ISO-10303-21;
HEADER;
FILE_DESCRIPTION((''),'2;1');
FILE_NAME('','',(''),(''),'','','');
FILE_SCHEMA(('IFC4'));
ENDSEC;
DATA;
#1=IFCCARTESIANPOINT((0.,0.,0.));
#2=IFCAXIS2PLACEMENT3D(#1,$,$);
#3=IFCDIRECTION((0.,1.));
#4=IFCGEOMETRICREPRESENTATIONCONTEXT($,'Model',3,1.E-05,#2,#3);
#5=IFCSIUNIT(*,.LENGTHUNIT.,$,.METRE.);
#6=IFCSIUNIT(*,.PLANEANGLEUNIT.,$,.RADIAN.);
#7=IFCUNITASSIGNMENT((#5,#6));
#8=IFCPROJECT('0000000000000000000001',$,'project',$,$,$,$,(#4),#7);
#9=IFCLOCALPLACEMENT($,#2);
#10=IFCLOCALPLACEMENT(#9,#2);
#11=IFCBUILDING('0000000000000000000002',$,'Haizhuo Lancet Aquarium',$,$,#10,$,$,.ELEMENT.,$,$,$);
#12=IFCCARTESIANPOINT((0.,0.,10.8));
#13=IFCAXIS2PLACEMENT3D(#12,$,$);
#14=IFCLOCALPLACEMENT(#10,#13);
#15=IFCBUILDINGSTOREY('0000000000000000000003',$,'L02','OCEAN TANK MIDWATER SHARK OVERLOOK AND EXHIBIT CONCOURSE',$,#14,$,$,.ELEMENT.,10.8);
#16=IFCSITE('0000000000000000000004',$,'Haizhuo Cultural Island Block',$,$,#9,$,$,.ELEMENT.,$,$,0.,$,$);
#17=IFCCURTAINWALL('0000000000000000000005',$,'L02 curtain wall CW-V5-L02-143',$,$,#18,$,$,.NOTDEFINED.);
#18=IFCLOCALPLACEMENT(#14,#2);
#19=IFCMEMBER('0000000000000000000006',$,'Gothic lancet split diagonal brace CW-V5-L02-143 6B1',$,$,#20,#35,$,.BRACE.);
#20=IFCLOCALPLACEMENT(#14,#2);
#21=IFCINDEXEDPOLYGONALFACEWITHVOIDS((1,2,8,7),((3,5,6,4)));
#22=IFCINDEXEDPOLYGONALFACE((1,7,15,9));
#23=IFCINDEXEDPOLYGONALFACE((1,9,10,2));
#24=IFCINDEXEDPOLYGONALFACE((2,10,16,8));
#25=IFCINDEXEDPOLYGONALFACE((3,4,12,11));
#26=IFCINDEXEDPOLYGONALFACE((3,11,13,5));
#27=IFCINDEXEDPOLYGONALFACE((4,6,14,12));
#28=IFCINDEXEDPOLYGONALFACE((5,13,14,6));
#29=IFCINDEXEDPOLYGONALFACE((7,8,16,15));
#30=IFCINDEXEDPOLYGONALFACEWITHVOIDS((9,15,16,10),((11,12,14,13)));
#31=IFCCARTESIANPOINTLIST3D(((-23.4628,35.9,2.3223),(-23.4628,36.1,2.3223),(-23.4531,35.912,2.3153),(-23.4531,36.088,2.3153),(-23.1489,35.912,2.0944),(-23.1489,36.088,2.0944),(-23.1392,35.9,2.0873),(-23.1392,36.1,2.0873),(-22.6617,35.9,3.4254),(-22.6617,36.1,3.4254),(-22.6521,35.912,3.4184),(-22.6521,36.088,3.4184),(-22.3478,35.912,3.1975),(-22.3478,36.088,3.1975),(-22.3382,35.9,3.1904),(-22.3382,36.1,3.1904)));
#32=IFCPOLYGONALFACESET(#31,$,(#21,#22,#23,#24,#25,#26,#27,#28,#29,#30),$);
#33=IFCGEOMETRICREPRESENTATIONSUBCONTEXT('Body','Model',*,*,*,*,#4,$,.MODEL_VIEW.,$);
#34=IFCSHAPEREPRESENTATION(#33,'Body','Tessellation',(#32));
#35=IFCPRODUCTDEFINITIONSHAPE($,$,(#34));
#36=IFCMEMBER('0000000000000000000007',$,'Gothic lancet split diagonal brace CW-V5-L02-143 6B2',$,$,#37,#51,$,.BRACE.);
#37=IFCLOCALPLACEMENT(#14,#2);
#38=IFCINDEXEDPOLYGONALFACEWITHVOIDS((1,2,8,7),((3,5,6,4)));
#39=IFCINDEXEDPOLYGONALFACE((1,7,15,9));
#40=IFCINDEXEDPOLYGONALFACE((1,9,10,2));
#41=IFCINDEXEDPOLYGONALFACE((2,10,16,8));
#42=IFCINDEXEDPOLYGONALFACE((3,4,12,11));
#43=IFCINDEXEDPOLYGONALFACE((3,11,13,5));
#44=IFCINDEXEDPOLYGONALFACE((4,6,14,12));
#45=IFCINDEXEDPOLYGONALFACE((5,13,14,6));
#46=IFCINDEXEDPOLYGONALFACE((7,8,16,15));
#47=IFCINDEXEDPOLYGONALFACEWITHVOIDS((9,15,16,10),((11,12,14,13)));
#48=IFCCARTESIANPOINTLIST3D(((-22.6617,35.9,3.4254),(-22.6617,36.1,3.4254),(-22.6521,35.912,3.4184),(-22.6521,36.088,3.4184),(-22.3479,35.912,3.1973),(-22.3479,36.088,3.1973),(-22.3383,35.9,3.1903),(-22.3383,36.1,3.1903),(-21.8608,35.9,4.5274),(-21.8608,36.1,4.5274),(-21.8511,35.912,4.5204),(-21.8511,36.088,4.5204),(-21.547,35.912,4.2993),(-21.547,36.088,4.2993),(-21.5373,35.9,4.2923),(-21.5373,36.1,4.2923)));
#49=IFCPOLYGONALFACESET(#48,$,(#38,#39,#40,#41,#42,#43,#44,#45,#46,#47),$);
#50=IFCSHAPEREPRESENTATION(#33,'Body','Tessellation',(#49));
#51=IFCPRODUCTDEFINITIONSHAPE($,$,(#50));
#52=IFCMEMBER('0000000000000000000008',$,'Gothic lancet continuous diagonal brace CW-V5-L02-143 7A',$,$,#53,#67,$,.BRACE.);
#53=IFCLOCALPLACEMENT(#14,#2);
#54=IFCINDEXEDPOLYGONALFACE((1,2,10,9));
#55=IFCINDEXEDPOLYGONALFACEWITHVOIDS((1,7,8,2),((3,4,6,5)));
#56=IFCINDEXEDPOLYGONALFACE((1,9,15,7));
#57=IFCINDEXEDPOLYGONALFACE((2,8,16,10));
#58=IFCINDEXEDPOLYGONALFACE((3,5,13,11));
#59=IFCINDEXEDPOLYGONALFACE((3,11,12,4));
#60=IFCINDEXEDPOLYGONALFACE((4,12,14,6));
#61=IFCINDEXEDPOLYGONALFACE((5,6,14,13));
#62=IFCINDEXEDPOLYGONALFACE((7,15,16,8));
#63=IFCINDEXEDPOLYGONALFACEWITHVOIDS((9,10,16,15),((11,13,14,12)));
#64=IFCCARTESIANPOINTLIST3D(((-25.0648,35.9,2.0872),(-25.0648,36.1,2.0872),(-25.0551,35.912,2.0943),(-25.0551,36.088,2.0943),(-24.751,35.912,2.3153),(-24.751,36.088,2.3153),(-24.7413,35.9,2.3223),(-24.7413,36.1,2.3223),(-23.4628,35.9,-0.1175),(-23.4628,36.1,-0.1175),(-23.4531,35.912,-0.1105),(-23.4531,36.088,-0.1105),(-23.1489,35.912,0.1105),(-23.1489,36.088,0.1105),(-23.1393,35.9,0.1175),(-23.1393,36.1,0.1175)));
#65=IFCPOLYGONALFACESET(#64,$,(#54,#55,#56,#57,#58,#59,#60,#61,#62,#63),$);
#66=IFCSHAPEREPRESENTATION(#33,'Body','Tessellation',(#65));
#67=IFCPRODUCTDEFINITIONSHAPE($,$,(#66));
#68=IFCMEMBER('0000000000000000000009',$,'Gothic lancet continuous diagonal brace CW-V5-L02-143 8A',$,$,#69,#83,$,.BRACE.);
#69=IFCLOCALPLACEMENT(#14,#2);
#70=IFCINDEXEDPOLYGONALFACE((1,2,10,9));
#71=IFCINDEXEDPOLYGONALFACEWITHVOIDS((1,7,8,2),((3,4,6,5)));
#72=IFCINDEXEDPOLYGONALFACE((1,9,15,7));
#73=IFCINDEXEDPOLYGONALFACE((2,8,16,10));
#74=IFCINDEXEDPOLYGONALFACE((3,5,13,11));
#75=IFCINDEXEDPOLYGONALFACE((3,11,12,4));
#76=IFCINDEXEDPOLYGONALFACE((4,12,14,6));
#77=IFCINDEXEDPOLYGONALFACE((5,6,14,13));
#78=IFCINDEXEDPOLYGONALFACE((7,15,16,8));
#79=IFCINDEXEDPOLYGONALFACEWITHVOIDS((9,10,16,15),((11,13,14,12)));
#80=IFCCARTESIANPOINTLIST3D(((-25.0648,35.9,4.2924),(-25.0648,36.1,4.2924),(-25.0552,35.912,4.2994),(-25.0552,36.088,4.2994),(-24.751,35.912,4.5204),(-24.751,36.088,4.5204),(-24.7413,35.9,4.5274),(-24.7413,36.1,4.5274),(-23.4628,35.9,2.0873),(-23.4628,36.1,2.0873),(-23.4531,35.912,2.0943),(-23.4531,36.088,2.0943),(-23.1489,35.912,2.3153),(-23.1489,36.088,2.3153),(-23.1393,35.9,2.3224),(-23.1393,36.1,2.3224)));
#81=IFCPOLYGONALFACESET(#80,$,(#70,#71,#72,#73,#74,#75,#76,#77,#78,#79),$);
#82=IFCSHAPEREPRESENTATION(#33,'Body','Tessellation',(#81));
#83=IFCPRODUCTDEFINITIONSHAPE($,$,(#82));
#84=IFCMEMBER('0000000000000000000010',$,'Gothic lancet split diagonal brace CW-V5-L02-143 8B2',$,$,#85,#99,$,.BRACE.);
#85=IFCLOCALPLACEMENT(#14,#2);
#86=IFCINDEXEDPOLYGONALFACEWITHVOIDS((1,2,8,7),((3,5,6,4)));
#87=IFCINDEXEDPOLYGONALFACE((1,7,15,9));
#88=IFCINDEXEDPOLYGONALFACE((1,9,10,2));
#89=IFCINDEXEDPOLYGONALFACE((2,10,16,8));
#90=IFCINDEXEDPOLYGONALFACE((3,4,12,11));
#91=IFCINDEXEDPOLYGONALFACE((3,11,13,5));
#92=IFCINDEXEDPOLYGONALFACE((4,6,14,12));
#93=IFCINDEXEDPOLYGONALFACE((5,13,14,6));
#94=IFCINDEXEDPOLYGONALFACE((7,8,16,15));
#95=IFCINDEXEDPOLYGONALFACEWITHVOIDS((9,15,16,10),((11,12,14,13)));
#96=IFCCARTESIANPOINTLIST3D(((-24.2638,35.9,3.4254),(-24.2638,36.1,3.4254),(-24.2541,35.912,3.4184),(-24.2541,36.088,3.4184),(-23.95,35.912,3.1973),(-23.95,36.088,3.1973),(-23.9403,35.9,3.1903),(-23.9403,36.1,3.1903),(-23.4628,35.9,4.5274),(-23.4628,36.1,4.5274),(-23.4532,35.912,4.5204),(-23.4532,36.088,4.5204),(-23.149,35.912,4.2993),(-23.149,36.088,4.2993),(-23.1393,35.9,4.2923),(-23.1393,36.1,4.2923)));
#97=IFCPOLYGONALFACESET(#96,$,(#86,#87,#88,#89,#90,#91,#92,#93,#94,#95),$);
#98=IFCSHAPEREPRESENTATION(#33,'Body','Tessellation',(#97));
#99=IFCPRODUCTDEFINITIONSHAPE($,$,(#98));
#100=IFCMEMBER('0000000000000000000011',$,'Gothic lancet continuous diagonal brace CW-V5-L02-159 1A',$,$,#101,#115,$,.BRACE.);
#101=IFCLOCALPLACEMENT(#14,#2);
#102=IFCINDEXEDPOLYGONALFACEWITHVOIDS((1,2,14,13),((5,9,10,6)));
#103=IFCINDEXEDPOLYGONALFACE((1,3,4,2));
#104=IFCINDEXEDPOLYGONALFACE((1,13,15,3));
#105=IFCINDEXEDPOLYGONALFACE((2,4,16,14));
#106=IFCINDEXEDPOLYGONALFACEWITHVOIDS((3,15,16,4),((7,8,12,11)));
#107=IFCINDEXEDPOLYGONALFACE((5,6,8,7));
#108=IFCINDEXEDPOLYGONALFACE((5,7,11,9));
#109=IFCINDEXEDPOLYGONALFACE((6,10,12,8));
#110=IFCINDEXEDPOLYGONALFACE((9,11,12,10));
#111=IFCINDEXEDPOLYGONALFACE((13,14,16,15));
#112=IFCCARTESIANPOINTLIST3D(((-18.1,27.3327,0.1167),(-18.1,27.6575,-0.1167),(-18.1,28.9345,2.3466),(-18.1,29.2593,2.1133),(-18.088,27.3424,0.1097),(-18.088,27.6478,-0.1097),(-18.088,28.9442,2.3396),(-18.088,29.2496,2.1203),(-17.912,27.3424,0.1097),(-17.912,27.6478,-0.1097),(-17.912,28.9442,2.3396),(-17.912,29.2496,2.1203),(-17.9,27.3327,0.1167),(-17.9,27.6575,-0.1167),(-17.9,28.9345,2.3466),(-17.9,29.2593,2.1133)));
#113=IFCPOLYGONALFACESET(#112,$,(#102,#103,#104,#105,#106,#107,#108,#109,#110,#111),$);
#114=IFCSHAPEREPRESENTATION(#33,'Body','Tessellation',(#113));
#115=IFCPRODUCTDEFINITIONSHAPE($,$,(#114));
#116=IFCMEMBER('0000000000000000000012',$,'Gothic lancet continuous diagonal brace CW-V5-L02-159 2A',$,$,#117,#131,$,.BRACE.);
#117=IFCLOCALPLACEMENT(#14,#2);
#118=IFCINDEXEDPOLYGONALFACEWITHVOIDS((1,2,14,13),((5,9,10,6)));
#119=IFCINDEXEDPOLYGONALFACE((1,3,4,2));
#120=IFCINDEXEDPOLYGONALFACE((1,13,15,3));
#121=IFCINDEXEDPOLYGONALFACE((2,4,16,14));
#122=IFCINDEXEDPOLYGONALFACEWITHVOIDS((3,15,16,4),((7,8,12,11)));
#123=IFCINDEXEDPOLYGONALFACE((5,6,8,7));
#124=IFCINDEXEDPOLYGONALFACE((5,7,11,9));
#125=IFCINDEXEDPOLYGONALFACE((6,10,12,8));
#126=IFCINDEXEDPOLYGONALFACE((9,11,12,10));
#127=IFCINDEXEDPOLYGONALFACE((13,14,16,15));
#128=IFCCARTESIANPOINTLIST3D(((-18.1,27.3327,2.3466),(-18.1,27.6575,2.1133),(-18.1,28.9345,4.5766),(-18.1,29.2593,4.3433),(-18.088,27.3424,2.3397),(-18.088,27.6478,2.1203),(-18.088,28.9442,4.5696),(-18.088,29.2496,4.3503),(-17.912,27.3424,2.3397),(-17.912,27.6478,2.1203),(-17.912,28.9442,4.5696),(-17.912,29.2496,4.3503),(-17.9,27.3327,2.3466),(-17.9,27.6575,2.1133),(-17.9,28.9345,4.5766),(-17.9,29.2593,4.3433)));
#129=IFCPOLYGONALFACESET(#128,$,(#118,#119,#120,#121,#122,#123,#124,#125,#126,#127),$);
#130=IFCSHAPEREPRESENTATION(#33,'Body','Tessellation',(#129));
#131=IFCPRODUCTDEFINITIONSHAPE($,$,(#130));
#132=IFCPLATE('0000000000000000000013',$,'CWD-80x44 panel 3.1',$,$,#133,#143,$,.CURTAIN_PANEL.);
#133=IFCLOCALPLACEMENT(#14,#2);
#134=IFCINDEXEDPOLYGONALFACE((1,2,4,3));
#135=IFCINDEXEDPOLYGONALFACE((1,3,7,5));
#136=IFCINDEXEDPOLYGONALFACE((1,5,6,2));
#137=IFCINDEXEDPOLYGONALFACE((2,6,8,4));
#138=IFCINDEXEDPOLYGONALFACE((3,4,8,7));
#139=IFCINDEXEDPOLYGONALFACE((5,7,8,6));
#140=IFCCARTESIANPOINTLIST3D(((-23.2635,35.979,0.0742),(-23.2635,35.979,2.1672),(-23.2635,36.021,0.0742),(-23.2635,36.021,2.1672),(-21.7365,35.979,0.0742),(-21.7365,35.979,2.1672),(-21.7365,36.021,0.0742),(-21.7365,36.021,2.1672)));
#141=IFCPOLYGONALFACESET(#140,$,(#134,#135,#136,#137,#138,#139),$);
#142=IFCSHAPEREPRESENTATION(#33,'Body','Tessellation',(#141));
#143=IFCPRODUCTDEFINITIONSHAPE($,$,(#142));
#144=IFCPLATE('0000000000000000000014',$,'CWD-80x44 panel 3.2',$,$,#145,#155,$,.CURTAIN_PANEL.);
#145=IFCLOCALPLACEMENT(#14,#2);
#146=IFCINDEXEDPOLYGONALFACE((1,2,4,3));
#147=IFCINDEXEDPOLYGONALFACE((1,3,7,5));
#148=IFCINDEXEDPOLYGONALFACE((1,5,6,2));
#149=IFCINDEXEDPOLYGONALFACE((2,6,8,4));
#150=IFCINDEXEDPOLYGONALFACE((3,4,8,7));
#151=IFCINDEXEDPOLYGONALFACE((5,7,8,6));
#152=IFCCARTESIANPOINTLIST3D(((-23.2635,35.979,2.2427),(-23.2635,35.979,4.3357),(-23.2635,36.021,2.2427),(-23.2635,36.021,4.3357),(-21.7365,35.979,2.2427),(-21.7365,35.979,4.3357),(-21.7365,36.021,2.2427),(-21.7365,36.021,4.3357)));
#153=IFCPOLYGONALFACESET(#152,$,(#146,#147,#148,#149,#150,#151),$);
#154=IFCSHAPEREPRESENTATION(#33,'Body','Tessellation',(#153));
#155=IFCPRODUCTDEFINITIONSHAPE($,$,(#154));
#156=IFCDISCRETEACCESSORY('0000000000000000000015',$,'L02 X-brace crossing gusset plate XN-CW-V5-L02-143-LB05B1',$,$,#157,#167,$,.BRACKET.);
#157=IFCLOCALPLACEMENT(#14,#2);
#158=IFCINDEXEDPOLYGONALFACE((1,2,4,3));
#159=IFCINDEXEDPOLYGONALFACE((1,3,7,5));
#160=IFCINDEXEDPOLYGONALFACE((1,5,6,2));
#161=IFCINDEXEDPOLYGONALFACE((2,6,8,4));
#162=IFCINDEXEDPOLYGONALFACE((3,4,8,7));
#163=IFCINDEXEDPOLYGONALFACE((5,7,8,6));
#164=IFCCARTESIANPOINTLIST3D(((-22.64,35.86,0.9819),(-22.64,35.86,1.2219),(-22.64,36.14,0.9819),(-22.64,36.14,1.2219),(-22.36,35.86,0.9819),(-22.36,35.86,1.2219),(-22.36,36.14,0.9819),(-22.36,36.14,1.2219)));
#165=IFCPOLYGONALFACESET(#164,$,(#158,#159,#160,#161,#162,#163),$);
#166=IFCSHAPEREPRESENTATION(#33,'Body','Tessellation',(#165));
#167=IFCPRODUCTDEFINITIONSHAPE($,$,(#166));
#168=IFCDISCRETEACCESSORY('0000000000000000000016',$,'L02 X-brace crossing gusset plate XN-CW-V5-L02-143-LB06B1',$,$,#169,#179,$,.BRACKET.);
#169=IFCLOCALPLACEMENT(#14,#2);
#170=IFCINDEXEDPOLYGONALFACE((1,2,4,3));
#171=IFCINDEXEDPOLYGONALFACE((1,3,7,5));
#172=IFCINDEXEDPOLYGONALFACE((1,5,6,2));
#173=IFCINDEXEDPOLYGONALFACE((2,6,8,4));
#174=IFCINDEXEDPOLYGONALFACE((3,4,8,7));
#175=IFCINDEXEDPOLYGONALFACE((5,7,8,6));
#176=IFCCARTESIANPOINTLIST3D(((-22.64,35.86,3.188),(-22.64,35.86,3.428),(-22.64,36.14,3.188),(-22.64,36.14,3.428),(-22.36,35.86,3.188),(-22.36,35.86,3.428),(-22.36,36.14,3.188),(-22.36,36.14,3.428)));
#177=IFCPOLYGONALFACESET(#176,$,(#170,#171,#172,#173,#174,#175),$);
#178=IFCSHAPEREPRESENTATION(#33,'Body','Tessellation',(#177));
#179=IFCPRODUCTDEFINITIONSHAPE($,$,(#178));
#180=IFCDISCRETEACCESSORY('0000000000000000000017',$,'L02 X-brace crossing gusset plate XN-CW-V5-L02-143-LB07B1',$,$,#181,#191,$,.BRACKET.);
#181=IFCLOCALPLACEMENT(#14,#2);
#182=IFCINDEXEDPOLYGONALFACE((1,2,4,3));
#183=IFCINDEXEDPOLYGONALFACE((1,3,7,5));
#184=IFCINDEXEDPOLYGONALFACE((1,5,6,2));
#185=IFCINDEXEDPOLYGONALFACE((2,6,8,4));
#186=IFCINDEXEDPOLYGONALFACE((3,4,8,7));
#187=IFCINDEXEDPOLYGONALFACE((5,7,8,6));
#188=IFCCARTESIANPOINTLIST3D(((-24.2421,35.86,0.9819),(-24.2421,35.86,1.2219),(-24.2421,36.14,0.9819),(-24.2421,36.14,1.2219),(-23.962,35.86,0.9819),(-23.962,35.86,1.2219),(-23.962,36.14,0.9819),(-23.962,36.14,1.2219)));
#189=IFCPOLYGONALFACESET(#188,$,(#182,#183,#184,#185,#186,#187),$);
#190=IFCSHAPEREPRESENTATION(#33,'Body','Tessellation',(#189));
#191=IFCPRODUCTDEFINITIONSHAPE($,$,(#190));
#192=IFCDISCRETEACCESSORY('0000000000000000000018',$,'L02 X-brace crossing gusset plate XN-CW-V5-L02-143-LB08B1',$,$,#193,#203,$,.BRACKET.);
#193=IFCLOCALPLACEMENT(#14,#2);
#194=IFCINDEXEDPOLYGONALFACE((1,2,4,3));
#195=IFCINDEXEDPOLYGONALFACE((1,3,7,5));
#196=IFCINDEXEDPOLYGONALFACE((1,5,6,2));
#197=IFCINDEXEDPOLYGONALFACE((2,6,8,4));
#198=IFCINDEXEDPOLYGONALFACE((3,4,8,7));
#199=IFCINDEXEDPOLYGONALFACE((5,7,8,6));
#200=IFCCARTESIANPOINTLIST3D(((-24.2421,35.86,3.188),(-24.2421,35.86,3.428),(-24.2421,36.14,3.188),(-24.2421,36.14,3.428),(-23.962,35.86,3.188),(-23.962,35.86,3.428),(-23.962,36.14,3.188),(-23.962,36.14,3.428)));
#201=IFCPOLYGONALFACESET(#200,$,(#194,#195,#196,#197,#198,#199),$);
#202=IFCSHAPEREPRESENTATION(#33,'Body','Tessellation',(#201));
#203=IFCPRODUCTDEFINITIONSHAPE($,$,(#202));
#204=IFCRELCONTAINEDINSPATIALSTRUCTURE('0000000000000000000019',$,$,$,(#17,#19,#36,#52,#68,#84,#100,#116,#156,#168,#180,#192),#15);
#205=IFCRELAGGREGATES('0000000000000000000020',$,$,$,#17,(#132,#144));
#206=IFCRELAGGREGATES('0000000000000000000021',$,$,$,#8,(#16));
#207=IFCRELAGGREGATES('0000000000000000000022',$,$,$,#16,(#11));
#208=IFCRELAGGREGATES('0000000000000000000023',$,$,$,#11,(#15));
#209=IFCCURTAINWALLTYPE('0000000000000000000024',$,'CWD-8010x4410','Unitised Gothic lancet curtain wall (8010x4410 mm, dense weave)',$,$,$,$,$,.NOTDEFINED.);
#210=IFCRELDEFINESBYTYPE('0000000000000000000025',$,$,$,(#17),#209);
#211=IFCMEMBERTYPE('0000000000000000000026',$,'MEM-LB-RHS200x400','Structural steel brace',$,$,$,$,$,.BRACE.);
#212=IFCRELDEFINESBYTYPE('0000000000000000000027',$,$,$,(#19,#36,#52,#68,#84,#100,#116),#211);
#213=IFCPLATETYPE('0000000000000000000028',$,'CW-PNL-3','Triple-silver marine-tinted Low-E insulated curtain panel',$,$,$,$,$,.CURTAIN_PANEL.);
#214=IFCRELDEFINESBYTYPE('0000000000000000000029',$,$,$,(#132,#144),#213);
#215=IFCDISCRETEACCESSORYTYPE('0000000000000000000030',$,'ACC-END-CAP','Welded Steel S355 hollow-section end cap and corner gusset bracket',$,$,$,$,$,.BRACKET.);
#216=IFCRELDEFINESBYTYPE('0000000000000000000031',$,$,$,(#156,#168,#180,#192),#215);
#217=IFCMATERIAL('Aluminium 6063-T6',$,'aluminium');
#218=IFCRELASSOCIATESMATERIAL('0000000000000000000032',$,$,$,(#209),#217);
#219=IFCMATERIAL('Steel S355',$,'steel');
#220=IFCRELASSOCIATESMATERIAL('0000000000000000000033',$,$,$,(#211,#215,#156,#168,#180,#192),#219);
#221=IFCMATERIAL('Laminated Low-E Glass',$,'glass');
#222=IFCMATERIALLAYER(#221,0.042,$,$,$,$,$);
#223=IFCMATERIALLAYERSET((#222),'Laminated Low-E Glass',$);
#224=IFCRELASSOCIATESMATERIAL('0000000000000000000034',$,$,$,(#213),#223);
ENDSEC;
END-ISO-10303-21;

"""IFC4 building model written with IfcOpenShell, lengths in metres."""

from ifc_helpers import new_model, si_unit, direction, frame, origin, origin_2d, place, context, subcontext, project, spatial, rectangle, hollow_rectangle, extrude, material, layer, layer_set, material_profile, profile_set, type_object, element, aggregate, save


model = new_model("IFC4")

# Units and contexts
model_context = context("Model", 3, precision=1e-05, world=origin(), true_north=direction((0.0, 1.0)))
body_context = subcontext(model_context, "Body", "Model", "MODEL_VIEW")
ifc_project = project(units=[si_unit("LENGTHUNIT", "METRE"), si_unit("PLANEANGLEUNIT", "RADIAN")], contexts=[model_context])

# Site, building, storey
site_placement = place(None, origin())
site = spatial("IfcSite", under=ifc_project, at=site_placement, Name="Haizhuo Cultural Island Block", CompositionType="ELEMENT", RefElevation=0.0)
building_placement = place(site_placement, origin())
building = spatial("IfcBuilding", under=site, at=building_placement, Name="Haizhuo Lancet Aquarium", CompositionType="ELEMENT")
storey_placement = place(building_placement, frame((0.0, 0.0, 10.8)))
storey = spatial("IfcBuildingStorey", under=building, at=storey_placement, Name="L02", Description="OCEAN TANK MIDWATER SHARK OVERLOOK AND EXHIBIT CONCOURSE", CompositionType="ELEMENT", Elevation=10.8)

# Curtain wall
ifc_material_1 = material(Name="Aluminium 6063-T6", Category="aluminium")
curtain_wall_type = type_object("IfcCurtainWallType", Name="CWD-8010x4410", Description="Unitised Gothic lancet curtain wall (8010x4410 mm, dense weave)", PredefinedType="NOTDEFINED", material=ifc_material_1)
curtain_wall_placement = place(storey_placement, origin())
curtain_wall = element("IfcCurtainWall", 1, at=curtain_wall_placement, inside=storey, type_object=curtain_wall_type, Name="L02 curtain wall CW-V5-L02-143", PredefinedType="NOTDEFINED")

# Members
ifc_material_2 = material(Name="Steel S355", Category="steel")
ifc_material_profile_1 = material_profile(ifc_material_2, hollow_rectangle(XDim=0.2, YDim=0.3999, WallThickness=0.012, at=origin_2d()), Name="RHS 200x400x12")
ifc_profile_set_1 = profile_set([ifc_material_profile_1], Name="Steel S355")
member_type_1 = type_object("IfcMemberType", Name="MEM-LB-RHS200x400", Description="Structural steel brace", PredefinedType="BRACE", material=ifc_profile_set_1)
member_1_placement = place(storey_placement, frame((-23.301, 36.0, 2.2048), z_axis=(0.587607, 0.0, 0.809146), x_axis=(0.0, 1.0, 0.0)))
element("IfcMember", 2, at=member_1_placement, inside=storey, type_object=member_type_1, Name="Gothic lancet split diagonal brace CW-V5-L02-143 6B1", PredefinedType="BRACE", context=body_context, shape_type="SweptSolid", body=[
    extrude(hollow_rectangle(XDim=0.2, YDim=0.3999, WallThickness=0.012, at=origin_2d()), origin(), (0.0, 0.0, 1.0), 1.3633),
])
member_2_placement = place(storey_placement, frame((-22.5, 36.0, 3.3079), z_axis=(0.587948, 0.0, 0.808899), x_axis=(0.0, 1.0, 0.0)))
element("IfcMember", 3, at=member_2_placement, inside=storey, type_object=member_type_1, Name="Gothic lancet split diagonal brace CW-V5-L02-143 6B2", PredefinedType="BRACE", context=body_context, shape_type="SweptSolid", body=[
    extrude(hollow_rectangle(XDim=0.2, YDim=0.3999, WallThickness=0.012, at=origin_2d()), origin(), (0.0, 0.0, 1.0), 1.3623),
])
member_3_placement = place(storey_placement, frame((-23.301, 36.0, 0.0), z_axis=(-0.58782, 0.0, 0.808992), x_axis=(0.0, -1.0, 0.0)))
element("IfcMember", 4, at=member_3_placement, inside=storey, type_object=member_type_1, Name="Gothic lancet continuous diagonal brace CW-V5-L02-143 7A", PredefinedType="BRACE", context=body_context, shape_type="SweptSolid", body=[
    extrude(hollow_rectangle(XDim=0.2, YDim=0.3999, WallThickness=0.012, at=origin_2d()), origin(), (0.0, 0.0, 1.0), 2.7253),
])
member_4_placement = place(storey_placement, frame((-23.301, 36.0, 2.2048), z_axis=(-0.587778, 0.0, 0.809023), x_axis=(0.0, -1.0, 0.0)))
element("IfcMember", 5, at=member_4_placement, inside=storey, type_object=member_type_1, Name="Gothic lancet continuous diagonal brace CW-V5-L02-143 8A", PredefinedType="BRACE", context=body_context, shape_type="SweptSolid", body=[
    extrude(hollow_rectangle(XDim=0.2, YDim=0.3999, WallThickness=0.012, at=origin_2d()), origin(), (0.0, 0.0, 1.0), 2.7256),
])
member_5_placement = place(storey_placement, frame((-24.1021, 36.0, 3.3079), z_axis=(0.587948, 0.0, 0.808899), x_axis=(0.0, 1.0, 0.0)))
element("IfcMember", 6, at=member_5_placement, inside=storey, type_object=member_type_1, Name="Gothic lancet split diagonal brace CW-V5-L02-143 8B2", PredefinedType="BRACE", context=body_context, shape_type="SweptSolid", body=[
    extrude(hollow_rectangle(XDim=0.2, YDim=0.3999, WallThickness=0.012, at=origin_2d()), origin(), (0.0, 0.0, 1.0), 1.3623),
])
for number, where, z_axis, x_axis, name in (
    (7, (-18.0, 27.4951, 0.0), (0.0, 0.583398, 0.812187), (-1.0, 0.0, 0.0), "Gothic lancet continuous diagonal brace CW-V5-L02-159 1A"),
    (8, (-18.0, 27.4951, 2.23), (0.0, 0.583398, 0.812187), (-1.0, 0.0, 0.0), "Gothic lancet continuous diagonal brace CW-V5-L02-159 2A"),
):
    element("IfcMember", number, at=place(storey_placement, frame(where, z_axis=z_axis, x_axis=x_axis)), inside=storey, type_object=member_type_1, Name=name, PredefinedType="BRACE", context=body_context, shape_type="SweptSolid", body=[
        extrude(hollow_rectangle(XDim=0.2, YDim=0.3999, WallThickness=0.012, at=origin_2d()), origin(), (0.0, 0.0, 1.0), 2.7456),
    ])

# Plates
ifc_material_3 = material(Name="Laminated Low-E Glass", Category="glass")
ifc_layer = layer(ifc_material_3, 0.042)
ifc_layer_set = layer_set([ifc_layer], Name="Laminated Low-E Glass")
plate_type = type_object("IfcPlateType", Name="CW-PNL-3", Description="Triple-silver marine-tinted Low-E insulated curtain panel", PredefinedType="CURTAIN_PANEL", material=ifc_layer_set)
plate_1_placement = place(storey_placement, frame((-22.5, 36.0, 0.0742), z_axis=(0.0, 0.0, 1.0), x_axis=(-1.0, 0.0, 0.0)))
plate_1 = element("IfcPlate", 9, at=plate_1_placement, type_object=plate_type, Name="CWD-80x44 panel 3.1", PredefinedType="CURTAIN_PANEL", context=body_context, shape_type="SweptSolid", body=[
    extrude(rectangle(XDim=1.5271, YDim=0.042, at=origin_2d()), origin(), (0.0, 0.0, 1.0), 2.093),
])
plate_2_placement = place(storey_placement, frame((-22.5, 36.0, 2.2427), z_axis=(0.0, 0.0, 1.0), x_axis=(-1.0, 0.0, 0.0)))
plate_2 = element("IfcPlate", 10, at=plate_2_placement, type_object=plate_type, Name="CWD-80x44 panel 3.2", PredefinedType="CURTAIN_PANEL", context=body_context, shape_type="SweptSolid", body=[
    extrude(rectangle(XDim=1.5271, YDim=0.042, at=origin_2d()), origin(), (0.0, 0.0, 1.0), 2.093),
])
aggregate(curtain_wall, [plate_1, plate_2])

# Discrete accessories
discrete_accessory_type = type_object("IfcDiscreteAccessoryType", Name="ACC-END-CAP", Description="Welded Steel S355 hollow-section end cap and corner gusset bracket", PredefinedType="BRACKET", material=ifc_material_2)
for number, where, z_axis, x_axis, name in (
    (11, (-22.5, 36.0, 0.9819), (0.0, 0.0, 1.0), (1.0, 0.0, 0.0), "L02 X-brace crossing gusset plate XN-CW-V5-L02-143-LB05B1"),
    (12, (-22.5, 36.0, 3.188), (0.0, 0.0, 1.0), (1.0, 0.0, 0.0), "L02 X-brace crossing gusset plate XN-CW-V5-L02-143-LB06B1"),
    (13, (-24.1021, 36.0, 0.9819), (0.0, 0.0, 1.0), (1.0, 0.0, 0.0), "L02 X-brace crossing gusset plate XN-CW-V5-L02-143-LB07B1"),
    (14, (-24.1021, 36.0, 3.188), (0.0, 0.0, 1.0), (1.0, 0.0, 0.0), "L02 X-brace crossing gusset plate XN-CW-V5-L02-143-LB08B1"),
):
    element("IfcDiscreteAccessory", number, at=place(storey_placement, frame(where, z_axis=z_axis, x_axis=x_axis)), inside=storey, type_object=discrete_accessory_type, material=ifc_material_2, Name=name, PredefinedType="BRACKET", context=body_context, shape_type="SweptSolid", body=[
        extrude(rectangle(XDim=0.28, YDim=0.28, at=origin_2d()), origin(), (0.0, 0.0, 1.0), 0.24),
    ])

save(model, "model.ifc")
